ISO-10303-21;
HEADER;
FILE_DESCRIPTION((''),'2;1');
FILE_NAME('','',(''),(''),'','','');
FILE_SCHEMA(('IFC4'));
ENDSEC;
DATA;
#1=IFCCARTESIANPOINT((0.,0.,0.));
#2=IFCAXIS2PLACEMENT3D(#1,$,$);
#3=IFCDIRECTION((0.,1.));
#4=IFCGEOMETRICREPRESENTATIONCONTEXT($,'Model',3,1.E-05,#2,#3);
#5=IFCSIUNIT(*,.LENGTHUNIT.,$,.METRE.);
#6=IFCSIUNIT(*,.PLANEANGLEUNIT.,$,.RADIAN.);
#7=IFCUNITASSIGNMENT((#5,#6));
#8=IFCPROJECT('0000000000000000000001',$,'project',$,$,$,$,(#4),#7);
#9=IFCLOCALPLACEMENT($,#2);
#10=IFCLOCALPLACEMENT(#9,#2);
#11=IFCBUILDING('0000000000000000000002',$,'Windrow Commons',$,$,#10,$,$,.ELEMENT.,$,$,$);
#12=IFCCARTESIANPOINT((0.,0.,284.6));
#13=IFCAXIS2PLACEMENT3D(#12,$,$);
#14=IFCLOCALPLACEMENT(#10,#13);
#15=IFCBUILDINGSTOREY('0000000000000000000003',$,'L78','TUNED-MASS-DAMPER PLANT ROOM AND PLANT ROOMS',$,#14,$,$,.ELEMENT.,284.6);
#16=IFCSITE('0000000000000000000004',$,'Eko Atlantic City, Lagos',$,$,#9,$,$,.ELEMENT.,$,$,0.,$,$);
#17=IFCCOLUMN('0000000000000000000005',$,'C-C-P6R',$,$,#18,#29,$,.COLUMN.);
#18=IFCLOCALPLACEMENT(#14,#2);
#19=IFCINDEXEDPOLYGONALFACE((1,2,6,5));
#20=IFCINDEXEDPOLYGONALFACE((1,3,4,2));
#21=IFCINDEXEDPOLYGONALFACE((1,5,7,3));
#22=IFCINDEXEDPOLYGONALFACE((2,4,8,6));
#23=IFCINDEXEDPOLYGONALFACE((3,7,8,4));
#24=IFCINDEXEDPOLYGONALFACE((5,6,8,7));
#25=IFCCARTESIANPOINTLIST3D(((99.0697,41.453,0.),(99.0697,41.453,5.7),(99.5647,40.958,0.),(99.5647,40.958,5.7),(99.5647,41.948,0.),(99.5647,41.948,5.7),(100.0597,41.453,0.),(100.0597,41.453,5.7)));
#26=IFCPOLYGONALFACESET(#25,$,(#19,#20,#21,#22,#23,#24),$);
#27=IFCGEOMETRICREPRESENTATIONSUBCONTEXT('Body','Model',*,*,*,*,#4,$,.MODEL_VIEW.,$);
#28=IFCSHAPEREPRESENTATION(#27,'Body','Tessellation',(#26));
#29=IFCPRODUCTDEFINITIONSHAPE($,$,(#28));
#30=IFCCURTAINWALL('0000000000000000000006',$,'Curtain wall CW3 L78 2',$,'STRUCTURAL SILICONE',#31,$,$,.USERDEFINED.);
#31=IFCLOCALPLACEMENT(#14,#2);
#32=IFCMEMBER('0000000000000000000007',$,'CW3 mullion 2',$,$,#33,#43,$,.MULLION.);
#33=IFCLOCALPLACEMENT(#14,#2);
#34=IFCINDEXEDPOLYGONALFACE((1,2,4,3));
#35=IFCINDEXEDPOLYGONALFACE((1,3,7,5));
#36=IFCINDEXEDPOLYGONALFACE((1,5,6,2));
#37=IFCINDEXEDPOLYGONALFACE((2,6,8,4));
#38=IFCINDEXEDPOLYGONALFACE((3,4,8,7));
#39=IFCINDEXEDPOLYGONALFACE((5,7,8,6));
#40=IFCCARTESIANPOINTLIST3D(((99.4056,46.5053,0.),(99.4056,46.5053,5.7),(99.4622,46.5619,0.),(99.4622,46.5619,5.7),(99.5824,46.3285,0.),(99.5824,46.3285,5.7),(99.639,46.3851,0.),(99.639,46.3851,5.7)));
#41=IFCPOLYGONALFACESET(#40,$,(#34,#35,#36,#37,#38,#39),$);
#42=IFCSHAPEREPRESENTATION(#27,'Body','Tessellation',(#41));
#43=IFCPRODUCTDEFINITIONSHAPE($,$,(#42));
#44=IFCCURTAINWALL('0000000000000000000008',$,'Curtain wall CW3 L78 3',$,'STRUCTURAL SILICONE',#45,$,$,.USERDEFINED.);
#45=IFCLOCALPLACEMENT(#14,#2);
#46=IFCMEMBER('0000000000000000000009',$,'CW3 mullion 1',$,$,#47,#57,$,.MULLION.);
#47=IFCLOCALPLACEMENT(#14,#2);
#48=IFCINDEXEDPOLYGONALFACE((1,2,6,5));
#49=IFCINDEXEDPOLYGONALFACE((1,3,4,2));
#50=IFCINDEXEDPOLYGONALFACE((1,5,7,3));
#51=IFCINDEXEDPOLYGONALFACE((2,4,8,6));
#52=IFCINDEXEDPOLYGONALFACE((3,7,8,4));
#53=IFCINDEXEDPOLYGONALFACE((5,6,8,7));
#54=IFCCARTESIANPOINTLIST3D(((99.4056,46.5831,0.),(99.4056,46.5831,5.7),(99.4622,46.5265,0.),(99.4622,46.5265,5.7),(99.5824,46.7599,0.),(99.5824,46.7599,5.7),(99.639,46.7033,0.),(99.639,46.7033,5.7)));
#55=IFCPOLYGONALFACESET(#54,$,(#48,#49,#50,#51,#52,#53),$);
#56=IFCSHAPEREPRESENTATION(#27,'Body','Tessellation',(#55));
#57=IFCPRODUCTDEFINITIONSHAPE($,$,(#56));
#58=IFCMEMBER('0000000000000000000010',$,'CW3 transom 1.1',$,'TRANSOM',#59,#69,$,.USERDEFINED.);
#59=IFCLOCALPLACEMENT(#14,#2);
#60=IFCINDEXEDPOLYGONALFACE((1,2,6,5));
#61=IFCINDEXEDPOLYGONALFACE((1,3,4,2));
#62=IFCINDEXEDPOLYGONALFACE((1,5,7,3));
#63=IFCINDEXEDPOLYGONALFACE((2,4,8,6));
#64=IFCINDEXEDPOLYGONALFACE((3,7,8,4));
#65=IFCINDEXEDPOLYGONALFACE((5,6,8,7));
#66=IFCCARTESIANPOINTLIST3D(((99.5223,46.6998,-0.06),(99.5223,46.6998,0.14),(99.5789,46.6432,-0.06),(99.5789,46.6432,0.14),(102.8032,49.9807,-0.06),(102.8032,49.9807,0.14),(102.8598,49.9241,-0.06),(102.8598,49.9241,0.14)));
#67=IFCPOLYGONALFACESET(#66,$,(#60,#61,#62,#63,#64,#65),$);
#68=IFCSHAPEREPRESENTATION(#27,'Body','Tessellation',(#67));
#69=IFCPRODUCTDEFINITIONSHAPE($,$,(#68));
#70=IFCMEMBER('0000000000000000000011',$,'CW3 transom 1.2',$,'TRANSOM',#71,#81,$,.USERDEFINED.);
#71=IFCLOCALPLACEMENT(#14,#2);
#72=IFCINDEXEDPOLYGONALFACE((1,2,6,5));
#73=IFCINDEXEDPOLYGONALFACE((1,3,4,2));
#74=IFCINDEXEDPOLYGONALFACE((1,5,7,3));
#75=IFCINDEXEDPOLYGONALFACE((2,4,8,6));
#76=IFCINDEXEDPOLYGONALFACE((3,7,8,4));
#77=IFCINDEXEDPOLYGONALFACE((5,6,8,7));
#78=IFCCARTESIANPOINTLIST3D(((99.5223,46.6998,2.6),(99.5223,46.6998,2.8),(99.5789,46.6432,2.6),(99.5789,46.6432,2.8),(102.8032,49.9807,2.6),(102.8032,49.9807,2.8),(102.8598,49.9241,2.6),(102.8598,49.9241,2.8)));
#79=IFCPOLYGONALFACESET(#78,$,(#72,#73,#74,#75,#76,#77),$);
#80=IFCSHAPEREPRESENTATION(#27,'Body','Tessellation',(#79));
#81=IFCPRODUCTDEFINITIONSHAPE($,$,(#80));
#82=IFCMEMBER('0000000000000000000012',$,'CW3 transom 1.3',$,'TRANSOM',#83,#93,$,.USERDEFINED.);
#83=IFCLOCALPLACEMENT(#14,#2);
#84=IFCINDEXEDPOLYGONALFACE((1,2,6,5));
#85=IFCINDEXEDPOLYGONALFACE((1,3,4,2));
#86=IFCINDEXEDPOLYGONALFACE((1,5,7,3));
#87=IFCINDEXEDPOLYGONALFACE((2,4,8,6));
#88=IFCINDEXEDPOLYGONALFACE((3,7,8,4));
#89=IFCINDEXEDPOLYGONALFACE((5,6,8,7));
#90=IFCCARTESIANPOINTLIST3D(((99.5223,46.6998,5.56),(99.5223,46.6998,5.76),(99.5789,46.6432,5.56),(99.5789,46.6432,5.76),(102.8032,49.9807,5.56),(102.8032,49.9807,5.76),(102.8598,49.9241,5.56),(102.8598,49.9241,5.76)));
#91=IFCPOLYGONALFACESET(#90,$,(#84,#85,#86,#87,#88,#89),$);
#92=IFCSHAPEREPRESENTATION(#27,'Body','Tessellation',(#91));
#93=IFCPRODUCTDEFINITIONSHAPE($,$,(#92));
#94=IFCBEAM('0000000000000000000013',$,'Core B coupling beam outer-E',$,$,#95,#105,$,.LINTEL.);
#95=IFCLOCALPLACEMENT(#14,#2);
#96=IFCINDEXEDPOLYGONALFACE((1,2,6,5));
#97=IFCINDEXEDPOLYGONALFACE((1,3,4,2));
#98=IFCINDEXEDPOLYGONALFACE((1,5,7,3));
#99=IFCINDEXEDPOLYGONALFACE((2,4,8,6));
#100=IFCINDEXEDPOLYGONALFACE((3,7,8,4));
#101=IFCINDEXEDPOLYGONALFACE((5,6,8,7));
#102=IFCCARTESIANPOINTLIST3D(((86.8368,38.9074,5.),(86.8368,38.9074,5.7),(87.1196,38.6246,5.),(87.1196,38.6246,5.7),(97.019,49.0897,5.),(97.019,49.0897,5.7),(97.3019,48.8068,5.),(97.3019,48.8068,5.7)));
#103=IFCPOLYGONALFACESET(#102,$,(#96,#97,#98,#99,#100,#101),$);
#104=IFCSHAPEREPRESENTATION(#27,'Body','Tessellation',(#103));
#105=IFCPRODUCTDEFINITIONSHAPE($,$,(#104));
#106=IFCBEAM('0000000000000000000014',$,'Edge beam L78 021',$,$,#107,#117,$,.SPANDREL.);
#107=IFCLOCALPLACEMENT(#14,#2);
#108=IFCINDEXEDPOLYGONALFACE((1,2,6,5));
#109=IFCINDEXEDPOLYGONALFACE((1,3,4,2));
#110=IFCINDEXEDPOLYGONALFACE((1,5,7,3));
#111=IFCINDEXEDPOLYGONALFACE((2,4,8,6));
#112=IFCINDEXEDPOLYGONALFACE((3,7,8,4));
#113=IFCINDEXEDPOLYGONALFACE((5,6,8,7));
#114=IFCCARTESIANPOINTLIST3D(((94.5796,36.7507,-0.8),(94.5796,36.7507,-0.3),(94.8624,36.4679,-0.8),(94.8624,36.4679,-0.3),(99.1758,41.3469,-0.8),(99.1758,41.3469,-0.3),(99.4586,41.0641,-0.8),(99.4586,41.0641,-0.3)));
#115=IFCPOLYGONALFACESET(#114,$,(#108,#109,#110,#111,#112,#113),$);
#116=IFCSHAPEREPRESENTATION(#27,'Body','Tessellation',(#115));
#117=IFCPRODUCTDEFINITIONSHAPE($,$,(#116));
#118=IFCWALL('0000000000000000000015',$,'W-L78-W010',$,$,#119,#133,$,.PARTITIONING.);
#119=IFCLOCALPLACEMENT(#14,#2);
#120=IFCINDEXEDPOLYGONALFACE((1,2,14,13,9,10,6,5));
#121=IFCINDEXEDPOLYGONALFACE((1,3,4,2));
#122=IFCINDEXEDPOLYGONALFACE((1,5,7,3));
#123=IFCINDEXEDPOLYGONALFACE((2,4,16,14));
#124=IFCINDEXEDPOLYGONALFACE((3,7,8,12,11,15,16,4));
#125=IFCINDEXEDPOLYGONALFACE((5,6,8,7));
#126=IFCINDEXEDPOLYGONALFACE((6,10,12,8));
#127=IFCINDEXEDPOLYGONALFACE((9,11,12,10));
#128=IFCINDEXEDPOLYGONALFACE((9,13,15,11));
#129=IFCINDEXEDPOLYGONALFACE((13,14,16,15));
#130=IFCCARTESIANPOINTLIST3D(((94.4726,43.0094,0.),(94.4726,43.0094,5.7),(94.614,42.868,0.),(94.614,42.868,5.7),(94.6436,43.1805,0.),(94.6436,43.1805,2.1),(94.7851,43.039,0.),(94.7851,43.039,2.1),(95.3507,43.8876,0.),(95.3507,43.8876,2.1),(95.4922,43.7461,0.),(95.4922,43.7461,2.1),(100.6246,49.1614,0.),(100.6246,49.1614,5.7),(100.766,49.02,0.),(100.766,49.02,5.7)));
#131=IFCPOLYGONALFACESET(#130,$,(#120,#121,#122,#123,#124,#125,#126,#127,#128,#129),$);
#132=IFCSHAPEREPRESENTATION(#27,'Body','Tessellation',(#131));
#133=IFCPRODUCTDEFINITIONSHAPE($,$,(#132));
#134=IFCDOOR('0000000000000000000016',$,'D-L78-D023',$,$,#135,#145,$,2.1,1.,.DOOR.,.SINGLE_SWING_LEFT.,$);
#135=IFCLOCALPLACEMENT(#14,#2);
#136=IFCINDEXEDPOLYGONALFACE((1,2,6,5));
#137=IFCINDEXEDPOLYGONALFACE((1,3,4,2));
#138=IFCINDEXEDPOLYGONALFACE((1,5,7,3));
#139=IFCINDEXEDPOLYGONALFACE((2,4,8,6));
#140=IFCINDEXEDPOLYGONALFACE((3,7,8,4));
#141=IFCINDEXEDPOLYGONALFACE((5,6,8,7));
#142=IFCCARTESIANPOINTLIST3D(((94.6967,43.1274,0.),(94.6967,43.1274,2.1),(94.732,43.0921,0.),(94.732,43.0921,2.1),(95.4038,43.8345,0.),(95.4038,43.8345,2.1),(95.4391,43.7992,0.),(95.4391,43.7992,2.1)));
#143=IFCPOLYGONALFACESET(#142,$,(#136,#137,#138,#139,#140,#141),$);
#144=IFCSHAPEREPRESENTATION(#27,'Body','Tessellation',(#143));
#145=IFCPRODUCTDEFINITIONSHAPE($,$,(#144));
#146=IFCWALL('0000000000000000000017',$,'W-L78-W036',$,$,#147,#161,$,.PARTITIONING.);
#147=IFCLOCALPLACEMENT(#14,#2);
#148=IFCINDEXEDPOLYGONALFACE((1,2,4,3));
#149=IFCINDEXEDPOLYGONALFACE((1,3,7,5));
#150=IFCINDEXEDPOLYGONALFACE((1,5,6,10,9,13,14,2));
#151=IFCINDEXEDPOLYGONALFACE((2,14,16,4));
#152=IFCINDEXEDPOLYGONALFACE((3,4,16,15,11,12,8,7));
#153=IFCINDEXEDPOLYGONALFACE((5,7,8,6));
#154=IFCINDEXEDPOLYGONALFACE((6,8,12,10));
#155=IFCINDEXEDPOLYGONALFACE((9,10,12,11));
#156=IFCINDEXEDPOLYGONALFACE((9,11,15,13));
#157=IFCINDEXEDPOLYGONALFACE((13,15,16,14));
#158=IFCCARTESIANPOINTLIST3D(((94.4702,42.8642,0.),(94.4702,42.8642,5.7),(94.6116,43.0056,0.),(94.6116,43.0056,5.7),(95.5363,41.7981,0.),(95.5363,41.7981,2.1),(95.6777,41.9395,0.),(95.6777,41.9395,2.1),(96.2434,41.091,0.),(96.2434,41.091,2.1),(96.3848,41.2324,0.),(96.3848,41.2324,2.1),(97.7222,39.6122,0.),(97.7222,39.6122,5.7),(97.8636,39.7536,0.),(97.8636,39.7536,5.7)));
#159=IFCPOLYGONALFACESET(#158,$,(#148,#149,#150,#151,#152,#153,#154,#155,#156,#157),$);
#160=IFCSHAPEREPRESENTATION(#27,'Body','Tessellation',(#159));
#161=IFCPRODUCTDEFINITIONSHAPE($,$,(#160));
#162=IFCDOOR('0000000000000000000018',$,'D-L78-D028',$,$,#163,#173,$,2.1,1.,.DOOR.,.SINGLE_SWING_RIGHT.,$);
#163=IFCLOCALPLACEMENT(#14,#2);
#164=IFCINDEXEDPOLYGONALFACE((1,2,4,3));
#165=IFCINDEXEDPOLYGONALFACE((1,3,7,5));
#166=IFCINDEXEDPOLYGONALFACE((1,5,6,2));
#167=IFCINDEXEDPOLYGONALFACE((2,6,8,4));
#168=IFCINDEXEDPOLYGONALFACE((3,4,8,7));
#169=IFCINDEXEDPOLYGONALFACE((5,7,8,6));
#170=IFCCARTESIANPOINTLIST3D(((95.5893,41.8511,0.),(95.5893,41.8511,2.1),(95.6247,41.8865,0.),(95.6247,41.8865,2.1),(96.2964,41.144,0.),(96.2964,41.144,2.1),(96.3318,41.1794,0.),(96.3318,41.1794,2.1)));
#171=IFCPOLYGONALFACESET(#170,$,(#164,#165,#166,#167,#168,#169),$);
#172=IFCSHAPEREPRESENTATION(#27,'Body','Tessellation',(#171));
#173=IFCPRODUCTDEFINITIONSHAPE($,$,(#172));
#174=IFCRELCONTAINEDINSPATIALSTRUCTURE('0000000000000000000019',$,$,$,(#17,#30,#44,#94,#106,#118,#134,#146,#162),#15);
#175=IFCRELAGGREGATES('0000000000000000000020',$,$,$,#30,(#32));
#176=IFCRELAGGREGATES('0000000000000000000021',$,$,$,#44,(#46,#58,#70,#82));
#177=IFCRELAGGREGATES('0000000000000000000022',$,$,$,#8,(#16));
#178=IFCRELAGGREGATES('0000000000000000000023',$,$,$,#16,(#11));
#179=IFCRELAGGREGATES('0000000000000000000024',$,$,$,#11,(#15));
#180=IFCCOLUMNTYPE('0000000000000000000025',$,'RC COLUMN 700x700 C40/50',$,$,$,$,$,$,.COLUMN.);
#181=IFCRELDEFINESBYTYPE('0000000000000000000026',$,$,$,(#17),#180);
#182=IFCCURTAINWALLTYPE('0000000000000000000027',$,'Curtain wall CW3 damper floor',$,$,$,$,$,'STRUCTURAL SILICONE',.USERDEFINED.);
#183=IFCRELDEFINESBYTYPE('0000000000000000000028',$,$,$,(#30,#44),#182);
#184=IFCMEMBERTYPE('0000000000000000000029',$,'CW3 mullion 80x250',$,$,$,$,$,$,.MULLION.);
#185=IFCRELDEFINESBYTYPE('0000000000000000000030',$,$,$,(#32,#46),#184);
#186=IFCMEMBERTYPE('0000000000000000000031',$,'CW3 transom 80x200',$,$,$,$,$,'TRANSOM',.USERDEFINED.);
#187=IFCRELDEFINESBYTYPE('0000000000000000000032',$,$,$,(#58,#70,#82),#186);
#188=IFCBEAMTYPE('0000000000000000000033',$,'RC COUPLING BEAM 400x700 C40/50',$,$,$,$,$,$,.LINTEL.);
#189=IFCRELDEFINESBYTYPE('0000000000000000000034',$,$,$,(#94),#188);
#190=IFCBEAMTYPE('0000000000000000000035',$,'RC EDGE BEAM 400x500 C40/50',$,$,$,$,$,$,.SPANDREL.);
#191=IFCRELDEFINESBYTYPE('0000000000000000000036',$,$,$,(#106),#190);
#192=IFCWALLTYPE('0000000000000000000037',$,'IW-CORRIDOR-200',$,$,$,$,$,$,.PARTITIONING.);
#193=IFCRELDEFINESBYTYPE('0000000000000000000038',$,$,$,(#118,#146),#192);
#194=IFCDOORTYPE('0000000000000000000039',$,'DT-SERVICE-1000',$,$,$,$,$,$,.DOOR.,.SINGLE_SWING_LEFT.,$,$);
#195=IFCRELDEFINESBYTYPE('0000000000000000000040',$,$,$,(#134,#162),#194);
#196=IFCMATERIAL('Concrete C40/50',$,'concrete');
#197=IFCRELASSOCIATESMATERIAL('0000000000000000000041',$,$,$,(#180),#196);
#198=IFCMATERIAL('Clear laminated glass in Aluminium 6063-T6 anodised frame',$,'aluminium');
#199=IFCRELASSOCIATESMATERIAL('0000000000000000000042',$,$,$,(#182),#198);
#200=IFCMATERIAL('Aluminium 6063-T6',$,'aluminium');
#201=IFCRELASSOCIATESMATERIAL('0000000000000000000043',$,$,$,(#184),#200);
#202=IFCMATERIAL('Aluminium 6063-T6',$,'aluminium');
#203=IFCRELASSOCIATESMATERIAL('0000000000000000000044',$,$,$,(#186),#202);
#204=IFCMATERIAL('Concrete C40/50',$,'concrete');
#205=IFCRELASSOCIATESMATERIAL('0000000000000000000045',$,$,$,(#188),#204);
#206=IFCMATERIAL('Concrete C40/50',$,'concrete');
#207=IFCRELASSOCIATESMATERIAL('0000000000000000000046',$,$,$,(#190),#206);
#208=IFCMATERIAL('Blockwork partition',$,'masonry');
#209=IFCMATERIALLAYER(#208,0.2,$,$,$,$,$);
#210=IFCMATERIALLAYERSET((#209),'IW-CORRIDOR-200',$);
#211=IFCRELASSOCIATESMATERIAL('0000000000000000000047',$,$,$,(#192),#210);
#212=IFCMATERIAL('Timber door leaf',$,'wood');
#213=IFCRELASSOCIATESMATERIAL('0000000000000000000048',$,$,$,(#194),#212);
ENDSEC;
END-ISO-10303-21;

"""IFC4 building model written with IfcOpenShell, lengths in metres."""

from ifc_helpers import new_model, si_unit, direction, frame, frame_2d, origin, origin_2d, place, context, subcontext, project, spatial, rectangle, extrude, material, layer, layer_set, material_profile, profile_set, type_object, element, fill, aggregate, save


model = new_model("IFC4")

# Units and contexts
model_context = context("Model", 3, precision=1e-05, world=origin(), true_north=direction((0.0, 1.0)))
body_context = subcontext(model_context, "Body", "Model", "MODEL_VIEW")
ifc_project = project(units=[si_unit("LENGTHUNIT", "METRE"), si_unit("PLANEANGLEUNIT", "RADIAN")], contexts=[model_context])

# Site, building, storey
site_placement = place(None, origin())
site = spatial("IfcSite", under=ifc_project, at=site_placement, Name="Eko Atlantic City, Lagos", CompositionType="ELEMENT", RefElevation=0.0)
building_placement = place(site_placement, origin())
building = spatial("IfcBuilding", under=site, at=building_placement, Name="Windrow Commons", CompositionType="ELEMENT")
storey_placement = place(building_placement, frame((0.0, 0.0, 284.6)))
storey = spatial("IfcBuildingStorey", under=building, at=storey_placement, Name="L78", Description="TUNED-MASS-DAMPER PLANT ROOM AND PLANT ROOMS", CompositionType="ELEMENT", Elevation=284.6)

# Column
ifc_material_1 = material(Name="Concrete C40/50", Category="concrete")
ifc_material_profile_1 = material_profile(ifc_material_1, rectangle(XDim=0.7, YDim=0.7, at=origin_2d()))
ifc_profile_set_1 = profile_set([ifc_material_profile_1], Name="Concrete C40/50")
column_type = type_object("IfcColumnType", Name="RC COLUMN 700x700 C40/50", PredefinedType="COLUMN", material=ifc_profile_set_1)
column_placement = place(storey_placement, frame((99.5647, 41.453, 0.0), z_axis=(0.0, 0.0, 1.0), x_axis=(0.707107, -0.707107, 0.0)))
element("IfcColumn", 1, at=column_placement, inside=storey, type_object=column_type, Name="C-C-P6R", PredefinedType="COLUMN", context=body_context, shape_type="SweptSolid", body=[
    extrude(rectangle(XDim=0.7, YDim=0.7, at=origin_2d()), origin(), (0.0, 0.0, 1.0), 5.7),
])

# Curtain wall, member
ifc_material_2 = material(Name="Clear laminated glass in Aluminium 6063-T6 anodised frame", Category="aluminium")
curtain_wall_type = type_object("IfcCurtainWallType", Name="Curtain wall CW3 damper floor", ElementType="STRUCTURAL SILICONE", PredefinedType="USERDEFINED", material=ifc_material_2)
placement = place(storey_placement, origin())
curtain_wall_1 = element("IfcCurtainWall", 2, at=placement, inside=storey, type_object=curtain_wall_type, Name="Curtain wall CW3 L78 2", ObjectType="STRUCTURAL SILICONE", PredefinedType="USERDEFINED")
ifc_material_3 = material(Name="Aluminium 6063-T6", Category="aluminium")
ifc_material_profile_2 = material_profile(ifc_material_3, rectangle(XDim=0.08, YDim=0.25, at=origin_2d()))
ifc_profile_set_2 = profile_set([ifc_material_profile_2], Name="Aluminium 6063-T6")
member_type_1 = type_object("IfcMemberType", Name="CW3 mullion 80x250", PredefinedType="MULLION", material=ifc_profile_set_2)
member_1_placement = place(storey_placement, frame((99.5223, 46.4452, 0.0), z_axis=(0.0, 0.0, 1.0), x_axis=(-0.707117, -0.707096, 0.0)))
member_1 = element("IfcMember", 3, at=member_1_placement, type_object=member_type_1, Name="CW3 mullion 2", PredefinedType="MULLION", context=body_context, shape_type="SweptSolid", body=[
    extrude(rectangle(XDim=0.08, YDim=0.25, at=origin_2d()), origin(), (0.0, 0.0, 1.0), 5.7),
])
aggregate(curtain_wall_1, [member_1])

# Curtain wall, members
curtain_wall_2 = element("IfcCurtainWall", 4, at=placement, inside=storey, type_object=curtain_wall_type, Name="Curtain wall CW3 L78 3", ObjectType="STRUCTURAL SILICONE", PredefinedType="USERDEFINED")
member_2_placement = place(storey_placement, frame((99.5223, 46.6432, 0.0), z_axis=(0.0, 0.0, 1.0), x_axis=(-0.707107, 0.707107, 0.0)))
member_2 = element("IfcMember", 5, at=member_2_placement, type_object=member_type_1, Name="CW3 mullion 1", PredefinedType="MULLION", context=body_context, shape_type="SweptSolid", body=[
    extrude(rectangle(XDim=0.08, YDim=0.25, at=origin_2d()), origin(), (0.0, 0.0, 1.0), 5.7),
])
ifc_material_4 = material(Name="Aluminium 6063-T6", Category="aluminium")
ifc_material_profile_3 = material_profile(ifc_material_4, rectangle(XDim=0.08, YDim=0.2, at=origin_2d()))
ifc_profile_set_3 = profile_set([ifc_material_profile_3], Name="Aluminium 6063-T6")
member_type_2 = type_object("IfcMemberType", Name="CW3 transom 80x200", ElementType="TRANSOM", PredefinedType="USERDEFINED", material=ifc_profile_set_3)
member_3_placement = place(storey_placement, frame((99.5506, 46.6715, 0.04), z_axis=(0.707107, 0.707107, 0.0), x_axis=(-0.707107, 0.707107, 0.0)))
member_3 = element("IfcMember", 6, at=member_3_placement, type_object=member_type_2, Name="CW3 transom 1.1", ObjectType="TRANSOM", PredefinedType="USERDEFINED", context=body_context, shape_type="SweptSolid", body=[
    extrude(rectangle(XDim=0.08, YDim=0.2, at=origin_2d()), origin(), (0.0, 0.0, 1.0), 4.6399),
])
member_4_placement = place(storey_placement, frame((99.5506, 46.6715, 2.7), z_axis=(0.707107, 0.707107, 0.0), x_axis=(-0.707107, 0.707107, 0.0)))
member_4 = element("IfcMember", 7, at=member_4_placement, type_object=member_type_2, Name="CW3 transom 1.2", ObjectType="TRANSOM", PredefinedType="USERDEFINED", context=body_context, shape_type="SweptSolid", body=[
    extrude(rectangle(XDim=0.08, YDim=0.2, at=origin_2d()), origin(), (0.0, 0.0, 1.0), 4.6399),
])
member_5_placement = place(storey_placement, frame((99.5506, 46.6715, 5.66), z_axis=(0.707107, 0.707107, 0.0), x_axis=(-0.707107, 0.707107, 0.0)))
member_5 = element("IfcMember", 8, at=member_5_placement, type_object=member_type_2, Name="CW3 transom 1.3", ObjectType="TRANSOM", PredefinedType="USERDEFINED", context=body_context, shape_type="SweptSolid", body=[
    extrude(rectangle(XDim=0.08, YDim=0.2, at=origin_2d()), origin(), (0.0, 0.0, 1.0), 4.6399),
])
aggregate(curtain_wall_2, [member_2, member_3, member_4, member_5])

# Beams
ifc_material_5 = material(Name="Concrete C40/50", Category="concrete")
ifc_material_profile_4 = material_profile(ifc_material_5, rectangle(XDim=0.4, YDim=0.7, at=origin_2d()))
ifc_profile_set_4 = profile_set([ifc_material_profile_4], Name="Concrete C40/50")
beam_type_1 = type_object("IfcBeamType", Name="RC COUPLING BEAM 400x700 C40/50", PredefinedType="LINTEL", material=ifc_profile_set_4)
beam_1_placement = place(storey_placement, frame((86.9782, 38.766, 5.35), z_axis=(0.707107, 0.707107, 0.0), x_axis=(-0.707107, 0.707107, 0.0)))
element("IfcBeam", 9, at=beam_1_placement, inside=storey, type_object=beam_type_1, Name="Core B coupling beam outer-E", PredefinedType="LINTEL", context=body_context, shape_type="SweptSolid", body=[
    extrude(rectangle(XDim=0.4, YDim=0.7, at=origin_2d()), origin(), (0.0, 0.0, 1.0), 14.3999),
])
ifc_material_6 = material(Name="Concrete C40/50", Category="concrete")
ifc_material_profile_5 = material_profile(ifc_material_6, rectangle(XDim=0.4, YDim=0.5, at=origin_2d()))
ifc_profile_set_5 = profile_set([ifc_material_profile_5], Name="Concrete C40/50")
beam_type_2 = type_object("IfcBeamType", Name="RC EDGE BEAM 400x500 C40/50", PredefinedType="SPANDREL", material=ifc_profile_set_5)
beam_2_placement = place(storey_placement, frame((99.3172, 41.2055, -0.55), z_axis=(-0.707107, -0.707107, 0.0), x_axis=(0.707107, -0.707107, 0.0)))
element("IfcBeam", 10, at=beam_2_placement, inside=storey, type_object=beam_type_2, Name="Edge beam L78 021", PredefinedType="SPANDREL", context=body_context, shape_type="SweptSolid", body=[
    extrude(rectangle(XDim=0.4, YDim=0.5, at=origin_2d()), origin(), (0.0, 0.0, 1.0), 6.5),
])

# Walls, openings, doors
ifc_material_7 = material(Name="Blockwork partition", Category="masonry")
ifc_layer_1 = layer(ifc_material_7, 0.2)
ifc_layer_set_1 = layer_set([ifc_layer_1], Name="IW-CORRIDOR-200")
wall_type_1 = type_object("IfcWallType", Name="IW-CORRIDOR-200", PredefinedType="PARTITIONING", material=ifc_layer_set_1)
wall_1_placement = place(storey_placement, frame((94.5433, 42.9387, 0.0), z_axis=(0.0, 0.0, 1.0), x_axis=(0.707107, 0.707107, 0.0)))
wall_1 = element("IfcWall", 11, at=wall_1_placement, inside=storey, type_object=wall_type_1, Name="W-L78-W010", PredefinedType="PARTITIONING", context=body_context, shape_type="SweptSolid", body=[
    extrude(rectangle(XDim=8.7002, YDim=0.2, at=frame_2d((4.3501, 0.0))), origin(), (0.0, 0.0, 1.0), 5.7),
])
opening_1_placement = place(wall_1_placement, frame((0.2419, 0.0, 0.0)))
opening_1 = element("IfcOpeningElement", 12, at=opening_1_placement, cuts=wall_1, PredefinedType="OPENING", context=body_context, shape_type="SweptSolid", body=[
    extrude(rectangle(XDim=1.0, YDim=2.1, at=frame_2d((0.5, 1.05))), frame((0.0, 0.11, 0.0), z_axis=(0.0, -1.0, 0.0), x_axis=(1.0, 0.0, 0.0)), (0.0, 0.0, 1.0), 0.22),
])
ifc_material_8 = material(Name="Timber door leaf", Category="wood")
door_type_1 = type_object("IfcDoorType", Name="DT-SERVICE-1000", OperationType="SINGLE_SWING_LEFT", PredefinedType="DOOR", material=ifc_material_8)
door_1_placement = place(opening_1_placement, origin())
door_1 = element("IfcDoor", 13, at=door_1_placement, inside=storey, type_object=door_type_1, Name="D-L78-D023", OperationType="SINGLE_SWING_LEFT", OverallHeight=2.1, OverallWidth=1.0, PredefinedType="DOOR", context=body_context, shape_type="SweptSolid", body=[
    extrude(rectangle(XDim=1.0, YDim=2.1, at=frame_2d((0.5, 1.05))), frame((0.0, 0.025, 0.0), z_axis=(0.0, -1.0, 0.0), x_axis=(1.0, 0.0, 0.0)), (0.0, 0.0, 1.0), 0.05),
])
fill(opening_1, door_1)
wall_2_placement = place(storey_placement, frame((94.5409, 42.9349, 0.0), z_axis=(0.0, 0.0, 1.0), x_axis=(0.707107, -0.707107, 0.0)))
wall_2 = element("IfcWall", 14, at=wall_2_placement, inside=storey, type_object=wall_type_1, Name="W-L78-W036", PredefinedType="PARTITIONING", context=body_context, shape_type="SweptSolid", body=[
    extrude(rectangle(XDim=4.599, YDim=0.2, at=frame_2d((2.2995, 0.0))), origin(), (0.0, 0.0, 1.0), 5.7),
])
opening_2_placement = place(wall_2_placement, frame((1.5077, 0.0, 0.0)))
opening_2 = element("IfcOpeningElement", 15, at=opening_2_placement, cuts=wall_2, PredefinedType="OPENING", context=body_context, shape_type="SweptSolid", body=[
    extrude(rectangle(XDim=1.0, YDim=2.1, at=frame_2d((0.5, 1.05))), frame((0.0, 0.11, 0.0), z_axis=(0.0, -1.0, 0.0), x_axis=(1.0, 0.0, 0.0)), (0.0, 0.0, 1.0), 0.22),
])
door_2_placement = place(opening_2_placement, origin())
door_2 = element("IfcDoor", 16, at=door_2_placement, inside=storey, type_object=door_type_1, Name="D-L78-D028", OperationType="SINGLE_SWING_RIGHT", OverallHeight=2.1, OverallWidth=1.0, PredefinedType="DOOR", context=body_context, shape_type="SweptSolid", body=[
    extrude(rectangle(XDim=1.0, YDim=2.1, at=frame_2d((0.5, 1.05))), frame((0.0, 0.025, 0.0), z_axis=(0.0, -1.0, 0.0), x_axis=(1.0, 0.0, 0.0)), (0.0, 0.0, 1.0), 0.05),
])
fill(opening_2, door_2)

save(model, "model.ifc")
